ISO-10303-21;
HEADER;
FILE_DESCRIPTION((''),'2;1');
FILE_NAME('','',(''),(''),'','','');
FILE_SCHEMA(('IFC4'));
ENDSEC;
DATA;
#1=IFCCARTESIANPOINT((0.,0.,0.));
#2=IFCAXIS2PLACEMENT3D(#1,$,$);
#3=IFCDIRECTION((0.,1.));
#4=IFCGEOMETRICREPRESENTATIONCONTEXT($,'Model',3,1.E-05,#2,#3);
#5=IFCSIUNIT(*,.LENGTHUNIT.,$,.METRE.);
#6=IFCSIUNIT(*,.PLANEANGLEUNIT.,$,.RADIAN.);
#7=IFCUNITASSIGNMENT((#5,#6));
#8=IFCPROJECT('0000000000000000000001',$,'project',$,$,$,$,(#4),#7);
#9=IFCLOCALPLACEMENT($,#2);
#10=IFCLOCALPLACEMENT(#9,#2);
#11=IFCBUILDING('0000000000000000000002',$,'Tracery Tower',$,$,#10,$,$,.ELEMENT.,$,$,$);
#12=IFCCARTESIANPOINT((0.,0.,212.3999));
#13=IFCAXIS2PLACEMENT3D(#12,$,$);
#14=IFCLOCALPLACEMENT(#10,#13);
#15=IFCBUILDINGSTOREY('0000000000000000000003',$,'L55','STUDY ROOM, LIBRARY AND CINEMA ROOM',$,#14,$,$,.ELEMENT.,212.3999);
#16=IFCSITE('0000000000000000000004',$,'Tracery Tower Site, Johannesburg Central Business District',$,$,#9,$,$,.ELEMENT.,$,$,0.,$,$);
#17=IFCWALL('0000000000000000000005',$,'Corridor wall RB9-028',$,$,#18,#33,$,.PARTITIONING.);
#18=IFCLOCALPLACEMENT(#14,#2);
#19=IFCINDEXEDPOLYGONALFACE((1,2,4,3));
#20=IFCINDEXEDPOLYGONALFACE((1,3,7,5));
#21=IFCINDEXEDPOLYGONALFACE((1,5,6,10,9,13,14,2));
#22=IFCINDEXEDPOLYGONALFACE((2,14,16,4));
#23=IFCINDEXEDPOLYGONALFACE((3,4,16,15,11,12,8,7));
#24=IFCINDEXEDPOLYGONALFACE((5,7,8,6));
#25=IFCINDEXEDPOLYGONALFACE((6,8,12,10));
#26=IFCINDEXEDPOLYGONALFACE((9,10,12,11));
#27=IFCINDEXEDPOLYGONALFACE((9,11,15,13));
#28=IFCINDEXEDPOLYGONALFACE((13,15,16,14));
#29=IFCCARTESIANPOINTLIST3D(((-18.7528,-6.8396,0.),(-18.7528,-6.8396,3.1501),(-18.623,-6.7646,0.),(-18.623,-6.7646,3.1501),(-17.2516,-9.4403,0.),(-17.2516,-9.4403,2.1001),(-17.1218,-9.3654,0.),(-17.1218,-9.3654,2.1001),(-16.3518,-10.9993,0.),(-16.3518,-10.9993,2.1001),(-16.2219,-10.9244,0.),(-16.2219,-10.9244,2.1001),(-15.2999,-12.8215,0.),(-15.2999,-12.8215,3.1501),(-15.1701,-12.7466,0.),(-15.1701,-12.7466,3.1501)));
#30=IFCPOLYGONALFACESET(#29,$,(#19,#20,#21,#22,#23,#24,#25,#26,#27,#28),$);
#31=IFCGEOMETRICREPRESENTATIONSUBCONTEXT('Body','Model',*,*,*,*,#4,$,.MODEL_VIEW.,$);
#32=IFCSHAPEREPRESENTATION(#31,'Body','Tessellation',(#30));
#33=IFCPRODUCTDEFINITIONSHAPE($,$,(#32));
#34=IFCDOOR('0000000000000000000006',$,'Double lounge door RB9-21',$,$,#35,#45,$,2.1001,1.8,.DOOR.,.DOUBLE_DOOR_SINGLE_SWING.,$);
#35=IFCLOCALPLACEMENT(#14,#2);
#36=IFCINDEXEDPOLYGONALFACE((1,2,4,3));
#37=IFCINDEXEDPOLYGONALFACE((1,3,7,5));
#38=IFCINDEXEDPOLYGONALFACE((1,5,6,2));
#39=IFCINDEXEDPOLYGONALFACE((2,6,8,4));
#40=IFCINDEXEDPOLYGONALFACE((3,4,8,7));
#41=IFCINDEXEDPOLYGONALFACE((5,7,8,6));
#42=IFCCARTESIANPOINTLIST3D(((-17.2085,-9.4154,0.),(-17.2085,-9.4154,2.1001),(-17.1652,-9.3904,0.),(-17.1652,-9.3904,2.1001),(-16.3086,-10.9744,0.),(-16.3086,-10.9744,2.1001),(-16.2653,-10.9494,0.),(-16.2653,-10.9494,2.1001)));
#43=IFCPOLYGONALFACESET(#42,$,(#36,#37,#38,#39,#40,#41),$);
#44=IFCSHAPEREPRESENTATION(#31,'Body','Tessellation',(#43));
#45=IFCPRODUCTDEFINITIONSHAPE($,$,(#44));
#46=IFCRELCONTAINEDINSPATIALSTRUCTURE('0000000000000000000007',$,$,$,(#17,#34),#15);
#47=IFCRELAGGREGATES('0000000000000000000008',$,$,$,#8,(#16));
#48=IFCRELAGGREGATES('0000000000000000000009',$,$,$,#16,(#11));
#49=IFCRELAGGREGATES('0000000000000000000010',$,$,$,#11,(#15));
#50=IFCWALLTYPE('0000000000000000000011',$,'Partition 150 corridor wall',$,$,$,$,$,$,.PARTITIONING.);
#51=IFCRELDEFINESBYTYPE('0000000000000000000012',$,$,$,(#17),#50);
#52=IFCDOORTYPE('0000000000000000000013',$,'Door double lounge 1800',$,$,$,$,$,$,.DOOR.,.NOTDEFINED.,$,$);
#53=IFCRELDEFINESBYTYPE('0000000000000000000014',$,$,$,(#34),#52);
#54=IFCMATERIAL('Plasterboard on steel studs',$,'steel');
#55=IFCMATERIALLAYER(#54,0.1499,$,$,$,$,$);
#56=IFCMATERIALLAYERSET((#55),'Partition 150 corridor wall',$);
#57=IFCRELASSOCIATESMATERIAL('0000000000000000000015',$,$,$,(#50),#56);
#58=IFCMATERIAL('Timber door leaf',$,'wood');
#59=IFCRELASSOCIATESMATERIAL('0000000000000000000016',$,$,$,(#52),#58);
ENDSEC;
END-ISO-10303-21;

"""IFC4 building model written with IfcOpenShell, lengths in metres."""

from ifc_helpers import new_model, si_unit, direction, frame, frame_2d, origin, place, context, subcontext, project, spatial, rectangle, extrude, material, layer, layer_set, type_object, element, fill, save


model = new_model("IFC4")

# Units and contexts
model_context = context("Model", 3, precision=1e-05, world=origin(), true_north=direction((0.0, 1.0)))
body_context = subcontext(model_context, "Body", "Model", "MODEL_VIEW")
ifc_project = project(units=[si_unit("LENGTHUNIT", "METRE"), si_unit("PLANEANGLEUNIT", "RADIAN")], contexts=[model_context])

# Site, building, storey
site_placement = place(None, origin())
site = spatial("IfcSite", under=ifc_project, at=site_placement, Name="Tracery Tower Site, Johannesburg Central Business District", CompositionType="ELEMENT", RefElevation=0.0)
building_placement = place(site_placement, origin())
building = spatial("IfcBuilding", under=site, at=building_placement, Name="Tracery Tower", CompositionType="ELEMENT")
storey_placement = place(building_placement, frame((0.0, 0.0, 212.3999)))
storey = spatial("IfcBuildingStorey", under=building, at=storey_placement, Name="L55", Description="STUDY ROOM, LIBRARY AND CINEMA ROOM", CompositionType="ELEMENT", Elevation=212.3999)

# Shared definitions
ifc_material_1 = material(Name="Plasterboard on steel studs", Category="steel")
ifc_layer_1 = layer(ifc_material_1, 0.1499)
ifc_layer_set_1 = layer_set([ifc_layer_1], Name="Partition 150 corridor wall")
wall_type_1 = type_object("IfcWallType", Name="Partition 150 corridor wall", PredefinedType="PARTITIONING", material=ifc_layer_set_1)

# Wall, opening, door
wall_1_placement = place(storey_placement, frame((-18.688, -6.802, 0.0), z_axis=(0.0, 0.0, 1.0), x_axis=(0.499914, -0.866075, 0.0)))
wall_1 = element("IfcWall", 1, at=wall_1_placement, inside=storey, type_object=wall_type_1, Name="Corridor wall RB9-028", PredefinedType="PARTITIONING", context=body_context, shape_type="SweptSolid", body=[
    extrude(rectangle(XDim=6.907, YDim=0.1499, at=frame_2d((3.4536, 0.0))), origin(), (0.0, 0.0, 1.0), 3.1501),
])
opening_1_placement = place(wall_1_placement, frame((3.0032, 0.0, 0.0)))
opening_1 = element("IfcOpeningElement", 2, at=opening_1_placement, cuts=wall_1, PredefinedType="OPENING", context=body_context, shape_type="SweptSolid", body=[
    extrude(rectangle(XDim=1.8, YDim=2.1001, at=frame_2d((0.8999, 1.05))), frame((0.0, 0.075, 0.0), z_axis=(0.0, -1.0, 0.0), x_axis=(1.0, 0.0, 0.0)), (0.0, 0.0, 1.0), 0.1499),
])
ifc_material_2 = material(Name="Timber door leaf", Category="wood")
door_type_1 = type_object("IfcDoorType", Name="Door double lounge 1800", OperationType="NOTDEFINED", PredefinedType="DOOR", material=ifc_material_2)
door_1_placement = place(opening_1_placement, origin())
door_1 = element("IfcDoor", 3, at=door_1_placement, inside=storey, type_object=door_type_1, Name="Double lounge door RB9-21", OperationType="DOUBLE_DOOR_SINGLE_SWING", OverallHeight=2.1001, OverallWidth=1.8, PredefinedType="DOOR", context=body_context, shape_type="SweptSolid", body=[
    extrude(rectangle(XDim=1.8, YDim=2.1001, at=frame_2d((0.8999, 1.05))), frame((0.0, 0.0249, 0.0), z_axis=(0.0, -1.0, 0.0), x_axis=(1.0, 0.0, 0.0)), (0.0, 0.0, 1.0), 0.05),
])
fill(opening_1, door_1)

save(model, "model.ifc")
